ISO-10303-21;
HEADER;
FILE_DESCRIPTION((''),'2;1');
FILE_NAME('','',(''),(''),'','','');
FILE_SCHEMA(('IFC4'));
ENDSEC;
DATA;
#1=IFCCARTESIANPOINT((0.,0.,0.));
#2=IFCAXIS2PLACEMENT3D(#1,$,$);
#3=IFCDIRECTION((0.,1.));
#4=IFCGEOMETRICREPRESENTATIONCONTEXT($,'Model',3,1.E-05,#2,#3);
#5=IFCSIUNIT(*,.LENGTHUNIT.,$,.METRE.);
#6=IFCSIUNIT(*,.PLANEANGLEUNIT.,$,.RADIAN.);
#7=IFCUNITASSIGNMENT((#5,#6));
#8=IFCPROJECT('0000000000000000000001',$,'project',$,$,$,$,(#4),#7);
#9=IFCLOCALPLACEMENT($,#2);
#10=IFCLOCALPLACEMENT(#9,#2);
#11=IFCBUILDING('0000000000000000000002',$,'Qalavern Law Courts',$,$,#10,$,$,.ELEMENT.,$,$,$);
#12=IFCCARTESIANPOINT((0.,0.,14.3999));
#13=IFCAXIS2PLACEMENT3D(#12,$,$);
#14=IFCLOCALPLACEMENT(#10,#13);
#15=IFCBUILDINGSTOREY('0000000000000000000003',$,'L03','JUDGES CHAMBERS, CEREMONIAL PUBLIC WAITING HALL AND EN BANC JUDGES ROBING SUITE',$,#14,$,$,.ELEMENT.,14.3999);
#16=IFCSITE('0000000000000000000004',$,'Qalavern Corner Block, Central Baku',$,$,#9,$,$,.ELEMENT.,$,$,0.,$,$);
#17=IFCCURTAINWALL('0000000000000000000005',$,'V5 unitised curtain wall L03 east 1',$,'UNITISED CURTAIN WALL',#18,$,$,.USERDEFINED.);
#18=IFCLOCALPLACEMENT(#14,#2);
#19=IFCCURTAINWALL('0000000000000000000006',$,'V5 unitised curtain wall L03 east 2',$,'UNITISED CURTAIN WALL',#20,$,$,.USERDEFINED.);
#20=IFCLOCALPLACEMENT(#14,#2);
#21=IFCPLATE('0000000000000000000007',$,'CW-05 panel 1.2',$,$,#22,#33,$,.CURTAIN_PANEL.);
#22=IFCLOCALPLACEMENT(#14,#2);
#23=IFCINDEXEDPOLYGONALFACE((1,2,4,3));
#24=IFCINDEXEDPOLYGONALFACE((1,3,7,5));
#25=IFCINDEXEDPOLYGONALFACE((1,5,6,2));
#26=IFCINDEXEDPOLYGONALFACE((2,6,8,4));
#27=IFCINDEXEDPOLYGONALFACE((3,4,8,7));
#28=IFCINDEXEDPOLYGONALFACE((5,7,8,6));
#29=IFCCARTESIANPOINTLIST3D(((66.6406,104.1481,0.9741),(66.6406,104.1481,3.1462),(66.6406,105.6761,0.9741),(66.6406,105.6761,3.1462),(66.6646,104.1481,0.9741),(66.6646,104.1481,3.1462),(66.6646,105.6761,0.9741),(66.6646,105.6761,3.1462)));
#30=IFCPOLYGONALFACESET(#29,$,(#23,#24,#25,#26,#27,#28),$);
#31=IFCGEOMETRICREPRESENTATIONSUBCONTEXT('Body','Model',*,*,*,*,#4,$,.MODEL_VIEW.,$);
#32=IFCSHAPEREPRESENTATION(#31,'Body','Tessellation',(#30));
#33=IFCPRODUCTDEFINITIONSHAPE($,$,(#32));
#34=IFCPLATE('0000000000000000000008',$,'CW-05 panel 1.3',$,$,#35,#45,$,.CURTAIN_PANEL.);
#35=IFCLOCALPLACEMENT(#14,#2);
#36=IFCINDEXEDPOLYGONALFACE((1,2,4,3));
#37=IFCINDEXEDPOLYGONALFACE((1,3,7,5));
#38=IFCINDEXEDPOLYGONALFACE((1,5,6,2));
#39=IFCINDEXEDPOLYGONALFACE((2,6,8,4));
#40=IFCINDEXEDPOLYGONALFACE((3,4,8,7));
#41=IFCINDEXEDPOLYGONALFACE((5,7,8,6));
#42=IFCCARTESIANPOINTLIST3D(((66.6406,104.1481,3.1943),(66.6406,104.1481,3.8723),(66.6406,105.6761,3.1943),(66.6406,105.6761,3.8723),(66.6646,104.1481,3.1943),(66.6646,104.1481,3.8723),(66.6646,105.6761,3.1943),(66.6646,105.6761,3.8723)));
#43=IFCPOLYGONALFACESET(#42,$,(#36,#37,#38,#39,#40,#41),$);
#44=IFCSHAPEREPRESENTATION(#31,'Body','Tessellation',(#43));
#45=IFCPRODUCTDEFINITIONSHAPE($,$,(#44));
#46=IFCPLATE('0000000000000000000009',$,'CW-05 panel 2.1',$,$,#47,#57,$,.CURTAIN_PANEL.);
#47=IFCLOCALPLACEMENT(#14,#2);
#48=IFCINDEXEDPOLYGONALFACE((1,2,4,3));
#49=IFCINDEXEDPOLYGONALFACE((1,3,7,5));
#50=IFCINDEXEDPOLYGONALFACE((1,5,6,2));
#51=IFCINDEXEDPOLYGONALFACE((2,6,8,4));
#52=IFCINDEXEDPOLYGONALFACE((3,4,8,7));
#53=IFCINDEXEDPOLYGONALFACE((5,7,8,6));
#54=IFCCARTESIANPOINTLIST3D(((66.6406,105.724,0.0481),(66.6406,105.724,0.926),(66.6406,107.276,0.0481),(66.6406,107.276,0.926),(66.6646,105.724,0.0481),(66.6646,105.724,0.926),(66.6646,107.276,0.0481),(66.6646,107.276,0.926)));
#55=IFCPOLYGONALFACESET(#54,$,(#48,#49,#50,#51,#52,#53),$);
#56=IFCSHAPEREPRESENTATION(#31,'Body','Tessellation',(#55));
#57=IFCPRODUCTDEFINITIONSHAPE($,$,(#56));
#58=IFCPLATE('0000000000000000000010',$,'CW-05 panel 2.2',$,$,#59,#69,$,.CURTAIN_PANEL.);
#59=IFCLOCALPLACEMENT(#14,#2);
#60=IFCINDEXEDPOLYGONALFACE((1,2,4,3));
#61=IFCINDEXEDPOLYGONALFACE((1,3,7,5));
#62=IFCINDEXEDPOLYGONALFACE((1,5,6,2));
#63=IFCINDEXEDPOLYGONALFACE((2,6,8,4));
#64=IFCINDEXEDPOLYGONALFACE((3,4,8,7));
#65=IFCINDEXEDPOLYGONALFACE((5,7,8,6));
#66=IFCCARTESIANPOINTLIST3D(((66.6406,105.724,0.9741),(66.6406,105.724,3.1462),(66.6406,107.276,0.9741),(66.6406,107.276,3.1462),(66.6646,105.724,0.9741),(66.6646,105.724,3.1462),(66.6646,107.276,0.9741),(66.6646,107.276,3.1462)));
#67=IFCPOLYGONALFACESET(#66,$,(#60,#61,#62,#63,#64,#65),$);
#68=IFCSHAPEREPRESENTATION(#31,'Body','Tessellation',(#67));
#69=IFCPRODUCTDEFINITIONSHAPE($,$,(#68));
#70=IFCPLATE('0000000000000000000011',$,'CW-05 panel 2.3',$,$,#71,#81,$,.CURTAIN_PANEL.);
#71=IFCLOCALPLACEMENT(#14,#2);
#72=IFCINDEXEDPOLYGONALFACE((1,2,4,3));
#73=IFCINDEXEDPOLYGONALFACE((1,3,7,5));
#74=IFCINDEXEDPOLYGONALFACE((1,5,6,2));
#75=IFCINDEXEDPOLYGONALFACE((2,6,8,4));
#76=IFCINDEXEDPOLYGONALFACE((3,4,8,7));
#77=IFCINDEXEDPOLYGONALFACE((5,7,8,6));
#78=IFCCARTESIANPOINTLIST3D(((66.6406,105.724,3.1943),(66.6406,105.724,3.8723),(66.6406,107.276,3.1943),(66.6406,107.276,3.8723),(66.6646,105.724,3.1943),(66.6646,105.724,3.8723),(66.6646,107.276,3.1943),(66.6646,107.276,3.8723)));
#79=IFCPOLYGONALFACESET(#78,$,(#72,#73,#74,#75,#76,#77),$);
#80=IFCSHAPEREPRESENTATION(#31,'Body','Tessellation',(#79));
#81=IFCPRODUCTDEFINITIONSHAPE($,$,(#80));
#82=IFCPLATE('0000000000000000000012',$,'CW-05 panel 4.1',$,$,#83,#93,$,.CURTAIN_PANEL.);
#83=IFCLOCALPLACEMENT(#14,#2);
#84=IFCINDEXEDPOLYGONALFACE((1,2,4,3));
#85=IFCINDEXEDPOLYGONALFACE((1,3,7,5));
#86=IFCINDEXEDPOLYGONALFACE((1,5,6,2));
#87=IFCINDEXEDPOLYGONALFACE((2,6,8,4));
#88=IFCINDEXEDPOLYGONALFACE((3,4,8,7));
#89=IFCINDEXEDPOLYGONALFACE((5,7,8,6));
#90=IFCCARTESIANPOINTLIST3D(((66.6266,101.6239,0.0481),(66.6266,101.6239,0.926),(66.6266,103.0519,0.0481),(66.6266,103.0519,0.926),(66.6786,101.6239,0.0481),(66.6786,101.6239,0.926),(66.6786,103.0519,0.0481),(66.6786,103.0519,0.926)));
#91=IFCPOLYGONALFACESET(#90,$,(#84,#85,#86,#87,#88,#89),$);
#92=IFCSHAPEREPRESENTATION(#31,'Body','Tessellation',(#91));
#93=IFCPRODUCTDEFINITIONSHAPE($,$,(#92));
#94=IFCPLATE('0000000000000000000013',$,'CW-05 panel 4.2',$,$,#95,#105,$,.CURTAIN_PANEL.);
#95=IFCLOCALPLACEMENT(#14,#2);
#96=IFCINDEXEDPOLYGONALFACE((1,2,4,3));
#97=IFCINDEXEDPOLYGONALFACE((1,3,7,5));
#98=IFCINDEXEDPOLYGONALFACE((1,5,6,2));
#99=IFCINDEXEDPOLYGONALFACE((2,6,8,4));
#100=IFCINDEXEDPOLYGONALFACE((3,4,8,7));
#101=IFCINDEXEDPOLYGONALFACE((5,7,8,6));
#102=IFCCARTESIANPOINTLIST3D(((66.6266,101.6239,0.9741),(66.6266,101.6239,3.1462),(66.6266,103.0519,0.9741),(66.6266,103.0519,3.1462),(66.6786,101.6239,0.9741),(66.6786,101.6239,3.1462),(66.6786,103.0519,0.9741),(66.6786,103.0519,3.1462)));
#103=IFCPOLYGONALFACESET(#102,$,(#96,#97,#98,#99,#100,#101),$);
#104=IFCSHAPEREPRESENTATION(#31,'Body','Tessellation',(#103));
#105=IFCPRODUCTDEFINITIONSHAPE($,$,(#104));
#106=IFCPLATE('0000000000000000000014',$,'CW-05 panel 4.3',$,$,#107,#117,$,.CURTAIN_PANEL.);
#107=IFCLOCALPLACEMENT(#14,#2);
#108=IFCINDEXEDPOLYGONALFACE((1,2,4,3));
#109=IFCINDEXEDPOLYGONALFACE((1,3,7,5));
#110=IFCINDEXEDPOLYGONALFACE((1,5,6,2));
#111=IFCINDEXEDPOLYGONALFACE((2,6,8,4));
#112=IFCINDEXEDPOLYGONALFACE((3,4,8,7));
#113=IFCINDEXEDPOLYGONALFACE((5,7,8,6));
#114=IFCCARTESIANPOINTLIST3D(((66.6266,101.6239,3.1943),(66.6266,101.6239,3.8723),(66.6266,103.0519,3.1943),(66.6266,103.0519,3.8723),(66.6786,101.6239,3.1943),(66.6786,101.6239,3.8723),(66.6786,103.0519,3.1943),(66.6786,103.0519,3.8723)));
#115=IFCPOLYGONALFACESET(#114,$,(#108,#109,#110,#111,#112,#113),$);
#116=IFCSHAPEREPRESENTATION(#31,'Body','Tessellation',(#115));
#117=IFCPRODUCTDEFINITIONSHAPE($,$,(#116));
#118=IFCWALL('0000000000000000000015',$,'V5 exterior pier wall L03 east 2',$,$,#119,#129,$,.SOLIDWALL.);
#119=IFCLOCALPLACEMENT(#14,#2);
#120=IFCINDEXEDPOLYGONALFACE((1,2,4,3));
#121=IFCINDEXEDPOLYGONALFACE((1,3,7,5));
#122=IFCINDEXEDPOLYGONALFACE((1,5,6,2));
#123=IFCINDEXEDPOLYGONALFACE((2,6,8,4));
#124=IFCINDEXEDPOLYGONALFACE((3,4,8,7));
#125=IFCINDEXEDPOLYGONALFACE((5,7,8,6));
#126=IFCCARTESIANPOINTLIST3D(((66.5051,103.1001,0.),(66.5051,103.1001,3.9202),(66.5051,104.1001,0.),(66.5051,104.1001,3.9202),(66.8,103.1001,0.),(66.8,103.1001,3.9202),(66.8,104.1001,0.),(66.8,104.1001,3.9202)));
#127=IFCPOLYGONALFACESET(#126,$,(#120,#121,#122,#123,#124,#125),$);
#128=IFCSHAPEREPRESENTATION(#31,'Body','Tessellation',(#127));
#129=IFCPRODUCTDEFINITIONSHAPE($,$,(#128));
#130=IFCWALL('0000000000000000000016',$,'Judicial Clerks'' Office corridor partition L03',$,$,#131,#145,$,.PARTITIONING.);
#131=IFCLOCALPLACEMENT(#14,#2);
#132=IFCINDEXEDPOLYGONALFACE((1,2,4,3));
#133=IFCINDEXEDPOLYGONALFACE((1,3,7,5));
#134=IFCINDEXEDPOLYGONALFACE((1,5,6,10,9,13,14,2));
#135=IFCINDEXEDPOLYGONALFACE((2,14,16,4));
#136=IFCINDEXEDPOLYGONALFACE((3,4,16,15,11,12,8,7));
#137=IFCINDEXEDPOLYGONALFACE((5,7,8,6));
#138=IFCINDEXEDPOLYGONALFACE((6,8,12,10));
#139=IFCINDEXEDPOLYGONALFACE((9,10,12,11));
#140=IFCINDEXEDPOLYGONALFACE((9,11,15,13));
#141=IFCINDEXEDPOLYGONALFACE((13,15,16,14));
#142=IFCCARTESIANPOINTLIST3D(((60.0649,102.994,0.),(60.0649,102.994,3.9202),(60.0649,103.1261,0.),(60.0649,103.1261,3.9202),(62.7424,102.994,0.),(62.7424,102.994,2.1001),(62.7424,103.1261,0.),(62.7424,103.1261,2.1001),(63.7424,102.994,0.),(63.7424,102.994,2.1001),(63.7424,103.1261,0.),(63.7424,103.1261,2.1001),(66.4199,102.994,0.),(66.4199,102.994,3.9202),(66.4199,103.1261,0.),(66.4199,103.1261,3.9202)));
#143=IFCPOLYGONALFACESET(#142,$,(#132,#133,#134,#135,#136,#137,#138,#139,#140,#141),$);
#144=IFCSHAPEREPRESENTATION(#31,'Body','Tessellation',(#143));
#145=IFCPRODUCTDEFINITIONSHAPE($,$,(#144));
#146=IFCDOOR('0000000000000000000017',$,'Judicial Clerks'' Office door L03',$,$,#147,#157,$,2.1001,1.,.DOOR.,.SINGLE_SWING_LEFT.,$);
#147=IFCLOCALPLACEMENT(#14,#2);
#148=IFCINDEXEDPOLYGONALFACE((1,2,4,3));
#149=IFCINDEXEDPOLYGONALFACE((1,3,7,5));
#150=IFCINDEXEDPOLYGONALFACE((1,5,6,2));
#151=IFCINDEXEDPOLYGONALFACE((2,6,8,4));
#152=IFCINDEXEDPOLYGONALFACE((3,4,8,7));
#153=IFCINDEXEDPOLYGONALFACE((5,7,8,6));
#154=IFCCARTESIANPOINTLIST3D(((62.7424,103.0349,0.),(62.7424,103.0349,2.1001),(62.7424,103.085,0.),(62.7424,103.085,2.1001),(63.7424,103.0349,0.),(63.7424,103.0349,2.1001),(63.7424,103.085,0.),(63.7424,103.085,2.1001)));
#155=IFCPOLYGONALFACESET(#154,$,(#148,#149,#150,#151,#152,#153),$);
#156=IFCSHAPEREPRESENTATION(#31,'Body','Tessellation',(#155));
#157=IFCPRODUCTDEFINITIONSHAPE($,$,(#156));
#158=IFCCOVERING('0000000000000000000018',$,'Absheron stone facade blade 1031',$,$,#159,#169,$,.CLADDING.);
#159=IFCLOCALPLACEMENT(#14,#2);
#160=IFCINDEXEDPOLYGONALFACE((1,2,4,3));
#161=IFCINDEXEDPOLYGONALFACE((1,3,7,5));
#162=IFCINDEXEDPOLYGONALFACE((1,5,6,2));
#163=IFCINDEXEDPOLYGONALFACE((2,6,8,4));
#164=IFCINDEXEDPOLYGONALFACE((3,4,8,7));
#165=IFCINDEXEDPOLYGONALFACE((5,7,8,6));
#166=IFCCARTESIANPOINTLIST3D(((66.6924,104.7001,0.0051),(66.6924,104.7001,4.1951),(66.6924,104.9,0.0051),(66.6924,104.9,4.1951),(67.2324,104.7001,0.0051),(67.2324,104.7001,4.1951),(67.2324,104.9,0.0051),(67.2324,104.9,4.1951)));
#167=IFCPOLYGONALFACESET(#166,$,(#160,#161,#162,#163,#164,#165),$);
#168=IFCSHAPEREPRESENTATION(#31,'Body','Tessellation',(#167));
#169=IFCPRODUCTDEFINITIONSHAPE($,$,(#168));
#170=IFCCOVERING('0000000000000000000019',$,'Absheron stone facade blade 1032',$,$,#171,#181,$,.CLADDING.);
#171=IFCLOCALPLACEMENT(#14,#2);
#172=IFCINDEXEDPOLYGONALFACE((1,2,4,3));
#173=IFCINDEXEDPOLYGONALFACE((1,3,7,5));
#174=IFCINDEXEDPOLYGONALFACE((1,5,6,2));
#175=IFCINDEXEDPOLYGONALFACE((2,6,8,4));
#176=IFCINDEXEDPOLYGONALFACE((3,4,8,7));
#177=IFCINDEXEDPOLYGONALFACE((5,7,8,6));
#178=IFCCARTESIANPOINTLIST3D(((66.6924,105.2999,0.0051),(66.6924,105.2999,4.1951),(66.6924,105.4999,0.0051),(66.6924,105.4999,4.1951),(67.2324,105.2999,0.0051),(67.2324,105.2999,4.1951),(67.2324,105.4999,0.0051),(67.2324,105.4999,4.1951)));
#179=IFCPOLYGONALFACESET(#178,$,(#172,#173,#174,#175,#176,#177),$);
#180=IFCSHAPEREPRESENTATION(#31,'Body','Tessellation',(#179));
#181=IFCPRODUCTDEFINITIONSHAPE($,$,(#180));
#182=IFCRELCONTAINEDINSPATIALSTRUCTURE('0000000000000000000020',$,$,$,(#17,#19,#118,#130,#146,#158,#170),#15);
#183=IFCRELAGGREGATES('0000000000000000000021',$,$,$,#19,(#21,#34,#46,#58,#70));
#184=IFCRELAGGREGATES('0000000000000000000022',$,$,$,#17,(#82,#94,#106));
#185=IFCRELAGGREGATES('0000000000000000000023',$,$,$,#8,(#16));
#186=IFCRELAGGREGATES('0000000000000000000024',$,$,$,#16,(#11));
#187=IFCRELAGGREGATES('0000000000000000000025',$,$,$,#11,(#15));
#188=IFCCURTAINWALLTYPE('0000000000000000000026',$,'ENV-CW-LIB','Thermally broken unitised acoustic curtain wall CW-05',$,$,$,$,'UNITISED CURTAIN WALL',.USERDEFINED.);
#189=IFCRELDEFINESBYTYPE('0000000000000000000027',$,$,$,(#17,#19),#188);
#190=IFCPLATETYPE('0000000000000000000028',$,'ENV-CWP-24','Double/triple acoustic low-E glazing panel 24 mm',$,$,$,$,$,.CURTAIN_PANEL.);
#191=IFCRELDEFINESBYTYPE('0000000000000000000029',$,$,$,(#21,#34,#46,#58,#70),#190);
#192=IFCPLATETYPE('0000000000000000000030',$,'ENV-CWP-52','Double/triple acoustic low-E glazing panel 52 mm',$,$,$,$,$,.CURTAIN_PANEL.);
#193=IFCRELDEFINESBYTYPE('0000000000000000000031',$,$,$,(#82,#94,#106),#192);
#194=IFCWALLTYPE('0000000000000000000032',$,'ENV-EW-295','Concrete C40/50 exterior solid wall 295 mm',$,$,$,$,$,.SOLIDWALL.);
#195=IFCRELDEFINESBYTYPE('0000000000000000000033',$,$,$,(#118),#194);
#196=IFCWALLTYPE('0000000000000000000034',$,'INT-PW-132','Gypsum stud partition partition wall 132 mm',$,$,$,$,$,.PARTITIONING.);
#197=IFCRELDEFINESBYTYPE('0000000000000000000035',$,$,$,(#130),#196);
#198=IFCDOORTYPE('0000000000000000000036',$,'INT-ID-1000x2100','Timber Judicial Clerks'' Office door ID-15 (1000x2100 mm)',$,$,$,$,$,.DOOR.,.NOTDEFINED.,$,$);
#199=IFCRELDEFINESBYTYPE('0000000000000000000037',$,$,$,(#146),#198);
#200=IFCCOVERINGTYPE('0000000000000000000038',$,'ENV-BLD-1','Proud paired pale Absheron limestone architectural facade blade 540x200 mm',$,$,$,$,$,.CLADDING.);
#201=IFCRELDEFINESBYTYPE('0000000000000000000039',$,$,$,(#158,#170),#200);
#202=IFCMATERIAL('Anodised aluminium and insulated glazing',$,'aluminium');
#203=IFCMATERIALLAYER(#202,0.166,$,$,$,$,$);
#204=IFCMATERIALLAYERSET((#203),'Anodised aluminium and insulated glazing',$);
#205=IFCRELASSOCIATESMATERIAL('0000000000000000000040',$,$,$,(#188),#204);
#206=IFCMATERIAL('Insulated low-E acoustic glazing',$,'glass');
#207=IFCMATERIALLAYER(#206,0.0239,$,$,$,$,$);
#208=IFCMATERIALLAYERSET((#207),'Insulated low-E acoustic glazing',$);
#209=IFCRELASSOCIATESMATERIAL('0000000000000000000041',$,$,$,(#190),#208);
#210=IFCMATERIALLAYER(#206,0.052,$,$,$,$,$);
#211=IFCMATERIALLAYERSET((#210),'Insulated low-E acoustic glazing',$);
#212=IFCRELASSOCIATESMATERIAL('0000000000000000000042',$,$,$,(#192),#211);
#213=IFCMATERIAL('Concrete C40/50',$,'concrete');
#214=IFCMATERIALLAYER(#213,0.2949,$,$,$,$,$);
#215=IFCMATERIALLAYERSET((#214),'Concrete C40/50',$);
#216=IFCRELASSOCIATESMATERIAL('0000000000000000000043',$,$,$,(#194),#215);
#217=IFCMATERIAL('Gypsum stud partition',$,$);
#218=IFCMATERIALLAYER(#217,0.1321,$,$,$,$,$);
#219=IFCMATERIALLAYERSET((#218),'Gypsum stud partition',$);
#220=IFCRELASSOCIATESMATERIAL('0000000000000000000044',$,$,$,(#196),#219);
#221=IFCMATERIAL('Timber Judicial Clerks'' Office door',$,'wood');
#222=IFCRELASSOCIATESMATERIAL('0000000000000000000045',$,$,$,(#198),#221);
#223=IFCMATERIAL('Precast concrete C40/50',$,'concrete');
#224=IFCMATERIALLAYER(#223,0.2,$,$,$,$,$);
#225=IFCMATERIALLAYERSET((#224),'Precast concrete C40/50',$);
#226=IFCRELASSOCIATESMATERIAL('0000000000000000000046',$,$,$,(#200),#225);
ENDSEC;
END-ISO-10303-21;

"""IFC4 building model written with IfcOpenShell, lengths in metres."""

from ifc_helpers import new_model, si_unit, direction, frame, frame_2d, origin, origin_2d, place, context, subcontext, project, spatial, rectangle, extrude, material, layer, layer_set, type_object, element, fill, aggregate, save


model = new_model("IFC4")

# Units and contexts
model_context = context("Model", 3, precision=1e-05, world=origin(), true_north=direction((0.0, 1.0)))
body_context = subcontext(model_context, "Body", "Model", "MODEL_VIEW")
ifc_project = project(units=[si_unit("LENGTHUNIT", "METRE"), si_unit("PLANEANGLEUNIT", "RADIAN")], contexts=[model_context])

# Site, building, storey
site_placement = place(None, origin())
site = spatial("IfcSite", under=ifc_project, at=site_placement, Name="Qalavern Corner Block, Central Baku", CompositionType="ELEMENT", RefElevation=0.0)
building_placement = place(site_placement, origin())
building = spatial("IfcBuilding", under=site, at=building_placement, Name="Qalavern Law Courts", CompositionType="ELEMENT")
storey_placement = place(building_placement, frame((0.0, 0.0, 14.3999)))
storey = spatial("IfcBuildingStorey", under=building, at=storey_placement, Name="L03", Description="JUDGES CHAMBERS, CEREMONIAL PUBLIC WAITING HALL AND EN BANC JUDGES ROBING SUITE", CompositionType="ELEMENT", Elevation=14.3999)

# Curtain wall
ifc_material_1 = material(Name="Anodised aluminium and insulated glazing", Category="aluminium")
ifc_layer_1 = layer(ifc_material_1, 0.166)
ifc_layer_set_1 = layer_set([ifc_layer_1], Name="Anodised aluminium and insulated glazing")
curtain_wall_type = type_object("IfcCurtainWallType", Name="ENV-CW-LIB", Description="Thermally broken unitised acoustic curtain wall CW-05", ElementType="UNITISED CURTAIN WALL", PredefinedType="USERDEFINED", material=ifc_layer_set_1)
curtain_wall_1_placement = place(storey_placement, origin())
curtain_wall_1 = element("IfcCurtainWall", 1, at=curtain_wall_1_placement, inside=storey, type_object=curtain_wall_type, Name="V5 unitised curtain wall L03 east 1", ObjectType="UNITISED CURTAIN WALL", PredefinedType="USERDEFINED")

# Curtain wall
curtain_wall_2_placement = place(storey_placement, origin())
curtain_wall_2 = element("IfcCurtainWall", 2, at=curtain_wall_2_placement, inside=storey, type_object=curtain_wall_type, Name="V5 unitised curtain wall L03 east 2", ObjectType="UNITISED CURTAIN WALL", PredefinedType="USERDEFINED")

# Plates
ifc_material_2 = material(Name="Insulated low-E acoustic glazing", Category="glass")
ifc_layer_2 = layer(ifc_material_2, 0.0239)
ifc_layer_set_2 = layer_set([ifc_layer_2], Name="Insulated low-E acoustic glazing")
plate_type_1 = type_object("IfcPlateType", Name="ENV-CWP-24", Description="Double/triple acoustic low-E glazing panel 24 mm", PredefinedType="CURTAIN_PANEL", material=ifc_layer_set_2)
plate_1_placement = place(storey_placement, frame((66.6526, 104.9121, 0.9741), z_axis=(0.0, 0.0, 1.0), x_axis=(0.0, 1.0, 0.0)))
plate_1 = element("IfcPlate", 3, at=plate_1_placement, type_object=plate_type_1, Name="CW-05 panel 1.2", PredefinedType="CURTAIN_PANEL", context=body_context, shape_type="SweptSolid", body=[
    extrude(rectangle(XDim=1.5281, YDim=0.0239, at=origin_2d()), origin(), (0.0, 0.0, 1.0), 2.1721),
])
plate_2_placement = place(storey_placement, frame((66.6526, 104.9121, 3.1943), z_axis=(0.0, 0.0, 1.0), x_axis=(0.0, 1.0, 0.0)))
plate_2 = element("IfcPlate", 4, at=plate_2_placement, type_object=plate_type_1, Name="CW-05 panel 1.3", PredefinedType="CURTAIN_PANEL", context=body_context, shape_type="SweptSolid", body=[
    extrude(rectangle(XDim=1.5281, YDim=0.0239, at=origin_2d()), origin(), (0.0, 0.0, 1.0), 0.678),
])
plate_3_placement = place(storey_placement, frame((66.6526, 106.5, 0.0481), z_axis=(0.0, 0.0, 1.0), x_axis=(0.0, 1.0, 0.0)))
plate_3 = element("IfcPlate", 5, at=plate_3_placement, type_object=plate_type_1, Name="CW-05 panel 2.1", PredefinedType="CURTAIN_PANEL", context=body_context, shape_type="SweptSolid", body=[
    extrude(rectangle(XDim=1.552, YDim=0.0239, at=origin_2d()), origin(), (0.0, 0.0, 1.0), 0.8779),
])
plate_4_placement = place(storey_placement, frame((66.6526, 106.5, 0.9741), z_axis=(0.0, 0.0, 1.0), x_axis=(0.0, 1.0, 0.0)))
plate_4 = element("IfcPlate", 6, at=plate_4_placement, type_object=plate_type_1, Name="CW-05 panel 2.2", PredefinedType="CURTAIN_PANEL", context=body_context, shape_type="SweptSolid", body=[
    extrude(rectangle(XDim=1.552, YDim=0.0239, at=origin_2d()), origin(), (0.0, 0.0, 1.0), 2.1721),
])
plate_5_placement = place(storey_placement, frame((66.6526, 106.5, 3.1943), z_axis=(0.0, 0.0, 1.0), x_axis=(0.0, 1.0, 0.0)))
plate_5 = element("IfcPlate", 7, at=plate_5_placement, type_object=plate_type_1, Name="CW-05 panel 2.3", PredefinedType="CURTAIN_PANEL", context=body_context, shape_type="SweptSolid", body=[
    extrude(rectangle(XDim=1.552, YDim=0.0239, at=origin_2d()), origin(), (0.0, 0.0, 1.0), 0.678),
])
aggregate(curtain_wall_2, [plate_1, plate_2, plate_3, plate_4, plate_5])
ifc_layer_3 = layer(ifc_material_2, 0.052)
ifc_layer_set_3 = layer_set([ifc_layer_3], Name="Insulated low-E acoustic glazing")
plate_type_2 = type_object("IfcPlateType", Name="ENV-CWP-52", Description="Double/triple acoustic low-E glazing panel 52 mm", PredefinedType="CURTAIN_PANEL", material=ifc_layer_set_3)
plate_6_placement = place(storey_placement, frame((66.6526, 102.3379, 0.0481), z_axis=(0.0, 0.0, 1.0), x_axis=(0.0, 1.0, 0.0)))
plate_6 = element("IfcPlate", 8, at=plate_6_placement, type_object=plate_type_2, Name="CW-05 panel 4.1", PredefinedType="CURTAIN_PANEL", context=body_context, shape_type="SweptSolid", body=[
    extrude(rectangle(XDim=1.428, YDim=0.052, at=origin_2d()), origin(), (0.0, 0.0, 1.0), 0.8779),
])
plate_7_placement = place(storey_placement, frame((66.6526, 102.3379, 0.9741), z_axis=(0.0, 0.0, 1.0), x_axis=(0.0, 1.0, 0.0)))
plate_7 = element("IfcPlate", 9, at=plate_7_placement, type_object=plate_type_2, Name="CW-05 panel 4.2", PredefinedType="CURTAIN_PANEL", context=body_context, shape_type="SweptSolid", body=[
    extrude(rectangle(XDim=1.428, YDim=0.052, at=origin_2d()), origin(), (0.0, 0.0, 1.0), 2.1721),
])
plate_8_placement = place(storey_placement, frame((66.6526, 102.3379, 3.1943), z_axis=(0.0, 0.0, 1.0), x_axis=(0.0, 1.0, 0.0)))
plate_8 = element("IfcPlate", 10, at=plate_8_placement, type_object=plate_type_2, Name="CW-05 panel 4.3", PredefinedType="CURTAIN_PANEL", context=body_context, shape_type="SweptSolid", body=[
    extrude(rectangle(XDim=1.428, YDim=0.052, at=origin_2d()), origin(), (0.0, 0.0, 1.0), 0.678),
])
aggregate(curtain_wall_1, [plate_6, plate_7, plate_8])

# Wall
ifc_material_3 = material(Name="Concrete C40/50", Category="concrete")
ifc_layer_4 = layer(ifc_material_3, 0.2949)
ifc_layer_set_4 = layer_set([ifc_layer_4], Name="Concrete C40/50")
wall_type_1 = type_object("IfcWallType", Name="ENV-EW-295", Description="Concrete C40/50 exterior solid wall 295 mm", PredefinedType="SOLIDWALL", material=ifc_layer_set_4)
wall_1_placement = place(storey_placement, frame((66.6526, 103.1001, 0.0), z_axis=(0.0, 0.0, 1.0), x_axis=(0.0, 1.0, 0.0)))
element("IfcWall", 11, at=wall_1_placement, inside=storey, type_object=wall_type_1, Name="V5 exterior pier wall L03 east 2", PredefinedType="SOLIDWALL", context=body_context, shape_type="SweptSolid", body=[
    extrude(rectangle(XDim=1.0, YDim=0.2949, at=frame_2d((0.5, 0.0))), origin(), (0.0, 0.0, 1.0), 3.9202),
])

# Wall, opening, door
ifc_material_4 = material(Name="Gypsum stud partition")
ifc_layer_5 = layer(ifc_material_4, 0.1321)
ifc_layer_set_5 = layer_set([ifc_layer_5], Name="Gypsum stud partition")
wall_type_2 = type_object("IfcWallType", Name="INT-PW-132", Description="Gypsum stud partition partition wall 132 mm", PredefinedType="PARTITIONING", material=ifc_layer_set_5)
wall_2_placement = place(storey_placement, frame((60.0649, 103.0601, 0.0), z_axis=(0.0, 0.0, 1.0), x_axis=(1.0, 0.0, 0.0)))
wall_2 = element("IfcWall", 12, at=wall_2_placement, inside=storey, type_object=wall_type_2, Name="Judicial Clerks' Office corridor partition L03", PredefinedType="PARTITIONING", context=body_context, shape_type="SweptSolid", body=[
    extrude(rectangle(XDim=6.355, YDim=0.1321, at=frame_2d((3.1775, 0.0))), origin(), (0.0, 0.0, 1.0), 3.9202),
])
opening_placement = place(wall_2_placement, frame((2.6775, 0.0, 0.0)))
opening = element("IfcOpeningElement", 13, at=opening_placement, cuts=wall_2, PredefinedType="OPENING", context=body_context, shape_type="SweptSolid", body=[
    extrude(rectangle(XDim=1.0, YDim=2.1001, at=frame_2d((0.5, 1.05))), frame((0.0, 0.0811, 0.0), z_axis=(0.0, -1.0, 0.0), x_axis=(1.0, 0.0, 0.0)), (0.0, 0.0, 1.0), 0.1619),
])
ifc_material_5 = material(Name="Timber Judicial Clerks' Office door", Category="wood")
door_type = type_object("IfcDoorType", Name="INT-ID-1000x2100", Description="Timber Judicial Clerks' Office door ID-15 (1000x2100 mm)", OperationType="NOTDEFINED", PredefinedType="DOOR", material=ifc_material_5)
door_placement = place(opening_placement, origin())
door = element("IfcDoor", 14, at=door_placement, inside=storey, type_object=door_type, Name="Judicial Clerks' Office door L03", OperationType="SINGLE_SWING_LEFT", OverallHeight=2.1001, OverallWidth=1.0, PredefinedType="DOOR", context=body_context, shape_type="SweptSolid", body=[
    extrude(rectangle(XDim=1.0, YDim=2.1001, at=frame_2d((0.5, 1.05))), frame((0.0, 0.0249, 0.0), z_axis=(0.0, -1.0, 0.0), x_axis=(1.0, 0.0, 0.0)), (0.0, 0.0, 1.0), 0.05),
])
fill(opening, door)

# Coverings
ifc_material_6 = material(Name="Precast concrete C40/50", Category="concrete")
ifc_layer_6 = layer(ifc_material_6, 0.2)
ifc_layer_set_6 = layer_set([ifc_layer_6], Name="Precast concrete C40/50")
covering_type_1 = type_object("IfcCoveringType", Name="ENV-BLD-1", Description="Proud paired pale Absheron limestone architectural facade blade 540x200 mm", PredefinedType="CLADDING", material=ifc_layer_set_6)
for number, where, z_axis, x_axis, name in (
    (15, (66.9624, 104.8, 0.0051), (0.0, 0.0, 1.0), (1.0, 0.0, 0.0), "Absheron stone facade blade 1031"),
    (16, (66.9624, 105.3999, 0.0051), (0.0, 0.0, 1.0), (1.0, 0.0, 0.0), "Absheron stone facade blade 1032"),
):
    element("IfcCovering", number, at=place(storey_placement, frame(where, z_axis=z_axis, x_axis=x_axis)), inside=storey, type_object=covering_type_1, Name=name, PredefinedType="CLADDING", context=body_context, shape_type="SweptSolid", body=[
        extrude(rectangle(XDim=0.54, YDim=0.2, at=origin_2d()), origin(), (0.0, 0.0, 1.0), 4.1899),
    ])

save(model, "model.ifc")
